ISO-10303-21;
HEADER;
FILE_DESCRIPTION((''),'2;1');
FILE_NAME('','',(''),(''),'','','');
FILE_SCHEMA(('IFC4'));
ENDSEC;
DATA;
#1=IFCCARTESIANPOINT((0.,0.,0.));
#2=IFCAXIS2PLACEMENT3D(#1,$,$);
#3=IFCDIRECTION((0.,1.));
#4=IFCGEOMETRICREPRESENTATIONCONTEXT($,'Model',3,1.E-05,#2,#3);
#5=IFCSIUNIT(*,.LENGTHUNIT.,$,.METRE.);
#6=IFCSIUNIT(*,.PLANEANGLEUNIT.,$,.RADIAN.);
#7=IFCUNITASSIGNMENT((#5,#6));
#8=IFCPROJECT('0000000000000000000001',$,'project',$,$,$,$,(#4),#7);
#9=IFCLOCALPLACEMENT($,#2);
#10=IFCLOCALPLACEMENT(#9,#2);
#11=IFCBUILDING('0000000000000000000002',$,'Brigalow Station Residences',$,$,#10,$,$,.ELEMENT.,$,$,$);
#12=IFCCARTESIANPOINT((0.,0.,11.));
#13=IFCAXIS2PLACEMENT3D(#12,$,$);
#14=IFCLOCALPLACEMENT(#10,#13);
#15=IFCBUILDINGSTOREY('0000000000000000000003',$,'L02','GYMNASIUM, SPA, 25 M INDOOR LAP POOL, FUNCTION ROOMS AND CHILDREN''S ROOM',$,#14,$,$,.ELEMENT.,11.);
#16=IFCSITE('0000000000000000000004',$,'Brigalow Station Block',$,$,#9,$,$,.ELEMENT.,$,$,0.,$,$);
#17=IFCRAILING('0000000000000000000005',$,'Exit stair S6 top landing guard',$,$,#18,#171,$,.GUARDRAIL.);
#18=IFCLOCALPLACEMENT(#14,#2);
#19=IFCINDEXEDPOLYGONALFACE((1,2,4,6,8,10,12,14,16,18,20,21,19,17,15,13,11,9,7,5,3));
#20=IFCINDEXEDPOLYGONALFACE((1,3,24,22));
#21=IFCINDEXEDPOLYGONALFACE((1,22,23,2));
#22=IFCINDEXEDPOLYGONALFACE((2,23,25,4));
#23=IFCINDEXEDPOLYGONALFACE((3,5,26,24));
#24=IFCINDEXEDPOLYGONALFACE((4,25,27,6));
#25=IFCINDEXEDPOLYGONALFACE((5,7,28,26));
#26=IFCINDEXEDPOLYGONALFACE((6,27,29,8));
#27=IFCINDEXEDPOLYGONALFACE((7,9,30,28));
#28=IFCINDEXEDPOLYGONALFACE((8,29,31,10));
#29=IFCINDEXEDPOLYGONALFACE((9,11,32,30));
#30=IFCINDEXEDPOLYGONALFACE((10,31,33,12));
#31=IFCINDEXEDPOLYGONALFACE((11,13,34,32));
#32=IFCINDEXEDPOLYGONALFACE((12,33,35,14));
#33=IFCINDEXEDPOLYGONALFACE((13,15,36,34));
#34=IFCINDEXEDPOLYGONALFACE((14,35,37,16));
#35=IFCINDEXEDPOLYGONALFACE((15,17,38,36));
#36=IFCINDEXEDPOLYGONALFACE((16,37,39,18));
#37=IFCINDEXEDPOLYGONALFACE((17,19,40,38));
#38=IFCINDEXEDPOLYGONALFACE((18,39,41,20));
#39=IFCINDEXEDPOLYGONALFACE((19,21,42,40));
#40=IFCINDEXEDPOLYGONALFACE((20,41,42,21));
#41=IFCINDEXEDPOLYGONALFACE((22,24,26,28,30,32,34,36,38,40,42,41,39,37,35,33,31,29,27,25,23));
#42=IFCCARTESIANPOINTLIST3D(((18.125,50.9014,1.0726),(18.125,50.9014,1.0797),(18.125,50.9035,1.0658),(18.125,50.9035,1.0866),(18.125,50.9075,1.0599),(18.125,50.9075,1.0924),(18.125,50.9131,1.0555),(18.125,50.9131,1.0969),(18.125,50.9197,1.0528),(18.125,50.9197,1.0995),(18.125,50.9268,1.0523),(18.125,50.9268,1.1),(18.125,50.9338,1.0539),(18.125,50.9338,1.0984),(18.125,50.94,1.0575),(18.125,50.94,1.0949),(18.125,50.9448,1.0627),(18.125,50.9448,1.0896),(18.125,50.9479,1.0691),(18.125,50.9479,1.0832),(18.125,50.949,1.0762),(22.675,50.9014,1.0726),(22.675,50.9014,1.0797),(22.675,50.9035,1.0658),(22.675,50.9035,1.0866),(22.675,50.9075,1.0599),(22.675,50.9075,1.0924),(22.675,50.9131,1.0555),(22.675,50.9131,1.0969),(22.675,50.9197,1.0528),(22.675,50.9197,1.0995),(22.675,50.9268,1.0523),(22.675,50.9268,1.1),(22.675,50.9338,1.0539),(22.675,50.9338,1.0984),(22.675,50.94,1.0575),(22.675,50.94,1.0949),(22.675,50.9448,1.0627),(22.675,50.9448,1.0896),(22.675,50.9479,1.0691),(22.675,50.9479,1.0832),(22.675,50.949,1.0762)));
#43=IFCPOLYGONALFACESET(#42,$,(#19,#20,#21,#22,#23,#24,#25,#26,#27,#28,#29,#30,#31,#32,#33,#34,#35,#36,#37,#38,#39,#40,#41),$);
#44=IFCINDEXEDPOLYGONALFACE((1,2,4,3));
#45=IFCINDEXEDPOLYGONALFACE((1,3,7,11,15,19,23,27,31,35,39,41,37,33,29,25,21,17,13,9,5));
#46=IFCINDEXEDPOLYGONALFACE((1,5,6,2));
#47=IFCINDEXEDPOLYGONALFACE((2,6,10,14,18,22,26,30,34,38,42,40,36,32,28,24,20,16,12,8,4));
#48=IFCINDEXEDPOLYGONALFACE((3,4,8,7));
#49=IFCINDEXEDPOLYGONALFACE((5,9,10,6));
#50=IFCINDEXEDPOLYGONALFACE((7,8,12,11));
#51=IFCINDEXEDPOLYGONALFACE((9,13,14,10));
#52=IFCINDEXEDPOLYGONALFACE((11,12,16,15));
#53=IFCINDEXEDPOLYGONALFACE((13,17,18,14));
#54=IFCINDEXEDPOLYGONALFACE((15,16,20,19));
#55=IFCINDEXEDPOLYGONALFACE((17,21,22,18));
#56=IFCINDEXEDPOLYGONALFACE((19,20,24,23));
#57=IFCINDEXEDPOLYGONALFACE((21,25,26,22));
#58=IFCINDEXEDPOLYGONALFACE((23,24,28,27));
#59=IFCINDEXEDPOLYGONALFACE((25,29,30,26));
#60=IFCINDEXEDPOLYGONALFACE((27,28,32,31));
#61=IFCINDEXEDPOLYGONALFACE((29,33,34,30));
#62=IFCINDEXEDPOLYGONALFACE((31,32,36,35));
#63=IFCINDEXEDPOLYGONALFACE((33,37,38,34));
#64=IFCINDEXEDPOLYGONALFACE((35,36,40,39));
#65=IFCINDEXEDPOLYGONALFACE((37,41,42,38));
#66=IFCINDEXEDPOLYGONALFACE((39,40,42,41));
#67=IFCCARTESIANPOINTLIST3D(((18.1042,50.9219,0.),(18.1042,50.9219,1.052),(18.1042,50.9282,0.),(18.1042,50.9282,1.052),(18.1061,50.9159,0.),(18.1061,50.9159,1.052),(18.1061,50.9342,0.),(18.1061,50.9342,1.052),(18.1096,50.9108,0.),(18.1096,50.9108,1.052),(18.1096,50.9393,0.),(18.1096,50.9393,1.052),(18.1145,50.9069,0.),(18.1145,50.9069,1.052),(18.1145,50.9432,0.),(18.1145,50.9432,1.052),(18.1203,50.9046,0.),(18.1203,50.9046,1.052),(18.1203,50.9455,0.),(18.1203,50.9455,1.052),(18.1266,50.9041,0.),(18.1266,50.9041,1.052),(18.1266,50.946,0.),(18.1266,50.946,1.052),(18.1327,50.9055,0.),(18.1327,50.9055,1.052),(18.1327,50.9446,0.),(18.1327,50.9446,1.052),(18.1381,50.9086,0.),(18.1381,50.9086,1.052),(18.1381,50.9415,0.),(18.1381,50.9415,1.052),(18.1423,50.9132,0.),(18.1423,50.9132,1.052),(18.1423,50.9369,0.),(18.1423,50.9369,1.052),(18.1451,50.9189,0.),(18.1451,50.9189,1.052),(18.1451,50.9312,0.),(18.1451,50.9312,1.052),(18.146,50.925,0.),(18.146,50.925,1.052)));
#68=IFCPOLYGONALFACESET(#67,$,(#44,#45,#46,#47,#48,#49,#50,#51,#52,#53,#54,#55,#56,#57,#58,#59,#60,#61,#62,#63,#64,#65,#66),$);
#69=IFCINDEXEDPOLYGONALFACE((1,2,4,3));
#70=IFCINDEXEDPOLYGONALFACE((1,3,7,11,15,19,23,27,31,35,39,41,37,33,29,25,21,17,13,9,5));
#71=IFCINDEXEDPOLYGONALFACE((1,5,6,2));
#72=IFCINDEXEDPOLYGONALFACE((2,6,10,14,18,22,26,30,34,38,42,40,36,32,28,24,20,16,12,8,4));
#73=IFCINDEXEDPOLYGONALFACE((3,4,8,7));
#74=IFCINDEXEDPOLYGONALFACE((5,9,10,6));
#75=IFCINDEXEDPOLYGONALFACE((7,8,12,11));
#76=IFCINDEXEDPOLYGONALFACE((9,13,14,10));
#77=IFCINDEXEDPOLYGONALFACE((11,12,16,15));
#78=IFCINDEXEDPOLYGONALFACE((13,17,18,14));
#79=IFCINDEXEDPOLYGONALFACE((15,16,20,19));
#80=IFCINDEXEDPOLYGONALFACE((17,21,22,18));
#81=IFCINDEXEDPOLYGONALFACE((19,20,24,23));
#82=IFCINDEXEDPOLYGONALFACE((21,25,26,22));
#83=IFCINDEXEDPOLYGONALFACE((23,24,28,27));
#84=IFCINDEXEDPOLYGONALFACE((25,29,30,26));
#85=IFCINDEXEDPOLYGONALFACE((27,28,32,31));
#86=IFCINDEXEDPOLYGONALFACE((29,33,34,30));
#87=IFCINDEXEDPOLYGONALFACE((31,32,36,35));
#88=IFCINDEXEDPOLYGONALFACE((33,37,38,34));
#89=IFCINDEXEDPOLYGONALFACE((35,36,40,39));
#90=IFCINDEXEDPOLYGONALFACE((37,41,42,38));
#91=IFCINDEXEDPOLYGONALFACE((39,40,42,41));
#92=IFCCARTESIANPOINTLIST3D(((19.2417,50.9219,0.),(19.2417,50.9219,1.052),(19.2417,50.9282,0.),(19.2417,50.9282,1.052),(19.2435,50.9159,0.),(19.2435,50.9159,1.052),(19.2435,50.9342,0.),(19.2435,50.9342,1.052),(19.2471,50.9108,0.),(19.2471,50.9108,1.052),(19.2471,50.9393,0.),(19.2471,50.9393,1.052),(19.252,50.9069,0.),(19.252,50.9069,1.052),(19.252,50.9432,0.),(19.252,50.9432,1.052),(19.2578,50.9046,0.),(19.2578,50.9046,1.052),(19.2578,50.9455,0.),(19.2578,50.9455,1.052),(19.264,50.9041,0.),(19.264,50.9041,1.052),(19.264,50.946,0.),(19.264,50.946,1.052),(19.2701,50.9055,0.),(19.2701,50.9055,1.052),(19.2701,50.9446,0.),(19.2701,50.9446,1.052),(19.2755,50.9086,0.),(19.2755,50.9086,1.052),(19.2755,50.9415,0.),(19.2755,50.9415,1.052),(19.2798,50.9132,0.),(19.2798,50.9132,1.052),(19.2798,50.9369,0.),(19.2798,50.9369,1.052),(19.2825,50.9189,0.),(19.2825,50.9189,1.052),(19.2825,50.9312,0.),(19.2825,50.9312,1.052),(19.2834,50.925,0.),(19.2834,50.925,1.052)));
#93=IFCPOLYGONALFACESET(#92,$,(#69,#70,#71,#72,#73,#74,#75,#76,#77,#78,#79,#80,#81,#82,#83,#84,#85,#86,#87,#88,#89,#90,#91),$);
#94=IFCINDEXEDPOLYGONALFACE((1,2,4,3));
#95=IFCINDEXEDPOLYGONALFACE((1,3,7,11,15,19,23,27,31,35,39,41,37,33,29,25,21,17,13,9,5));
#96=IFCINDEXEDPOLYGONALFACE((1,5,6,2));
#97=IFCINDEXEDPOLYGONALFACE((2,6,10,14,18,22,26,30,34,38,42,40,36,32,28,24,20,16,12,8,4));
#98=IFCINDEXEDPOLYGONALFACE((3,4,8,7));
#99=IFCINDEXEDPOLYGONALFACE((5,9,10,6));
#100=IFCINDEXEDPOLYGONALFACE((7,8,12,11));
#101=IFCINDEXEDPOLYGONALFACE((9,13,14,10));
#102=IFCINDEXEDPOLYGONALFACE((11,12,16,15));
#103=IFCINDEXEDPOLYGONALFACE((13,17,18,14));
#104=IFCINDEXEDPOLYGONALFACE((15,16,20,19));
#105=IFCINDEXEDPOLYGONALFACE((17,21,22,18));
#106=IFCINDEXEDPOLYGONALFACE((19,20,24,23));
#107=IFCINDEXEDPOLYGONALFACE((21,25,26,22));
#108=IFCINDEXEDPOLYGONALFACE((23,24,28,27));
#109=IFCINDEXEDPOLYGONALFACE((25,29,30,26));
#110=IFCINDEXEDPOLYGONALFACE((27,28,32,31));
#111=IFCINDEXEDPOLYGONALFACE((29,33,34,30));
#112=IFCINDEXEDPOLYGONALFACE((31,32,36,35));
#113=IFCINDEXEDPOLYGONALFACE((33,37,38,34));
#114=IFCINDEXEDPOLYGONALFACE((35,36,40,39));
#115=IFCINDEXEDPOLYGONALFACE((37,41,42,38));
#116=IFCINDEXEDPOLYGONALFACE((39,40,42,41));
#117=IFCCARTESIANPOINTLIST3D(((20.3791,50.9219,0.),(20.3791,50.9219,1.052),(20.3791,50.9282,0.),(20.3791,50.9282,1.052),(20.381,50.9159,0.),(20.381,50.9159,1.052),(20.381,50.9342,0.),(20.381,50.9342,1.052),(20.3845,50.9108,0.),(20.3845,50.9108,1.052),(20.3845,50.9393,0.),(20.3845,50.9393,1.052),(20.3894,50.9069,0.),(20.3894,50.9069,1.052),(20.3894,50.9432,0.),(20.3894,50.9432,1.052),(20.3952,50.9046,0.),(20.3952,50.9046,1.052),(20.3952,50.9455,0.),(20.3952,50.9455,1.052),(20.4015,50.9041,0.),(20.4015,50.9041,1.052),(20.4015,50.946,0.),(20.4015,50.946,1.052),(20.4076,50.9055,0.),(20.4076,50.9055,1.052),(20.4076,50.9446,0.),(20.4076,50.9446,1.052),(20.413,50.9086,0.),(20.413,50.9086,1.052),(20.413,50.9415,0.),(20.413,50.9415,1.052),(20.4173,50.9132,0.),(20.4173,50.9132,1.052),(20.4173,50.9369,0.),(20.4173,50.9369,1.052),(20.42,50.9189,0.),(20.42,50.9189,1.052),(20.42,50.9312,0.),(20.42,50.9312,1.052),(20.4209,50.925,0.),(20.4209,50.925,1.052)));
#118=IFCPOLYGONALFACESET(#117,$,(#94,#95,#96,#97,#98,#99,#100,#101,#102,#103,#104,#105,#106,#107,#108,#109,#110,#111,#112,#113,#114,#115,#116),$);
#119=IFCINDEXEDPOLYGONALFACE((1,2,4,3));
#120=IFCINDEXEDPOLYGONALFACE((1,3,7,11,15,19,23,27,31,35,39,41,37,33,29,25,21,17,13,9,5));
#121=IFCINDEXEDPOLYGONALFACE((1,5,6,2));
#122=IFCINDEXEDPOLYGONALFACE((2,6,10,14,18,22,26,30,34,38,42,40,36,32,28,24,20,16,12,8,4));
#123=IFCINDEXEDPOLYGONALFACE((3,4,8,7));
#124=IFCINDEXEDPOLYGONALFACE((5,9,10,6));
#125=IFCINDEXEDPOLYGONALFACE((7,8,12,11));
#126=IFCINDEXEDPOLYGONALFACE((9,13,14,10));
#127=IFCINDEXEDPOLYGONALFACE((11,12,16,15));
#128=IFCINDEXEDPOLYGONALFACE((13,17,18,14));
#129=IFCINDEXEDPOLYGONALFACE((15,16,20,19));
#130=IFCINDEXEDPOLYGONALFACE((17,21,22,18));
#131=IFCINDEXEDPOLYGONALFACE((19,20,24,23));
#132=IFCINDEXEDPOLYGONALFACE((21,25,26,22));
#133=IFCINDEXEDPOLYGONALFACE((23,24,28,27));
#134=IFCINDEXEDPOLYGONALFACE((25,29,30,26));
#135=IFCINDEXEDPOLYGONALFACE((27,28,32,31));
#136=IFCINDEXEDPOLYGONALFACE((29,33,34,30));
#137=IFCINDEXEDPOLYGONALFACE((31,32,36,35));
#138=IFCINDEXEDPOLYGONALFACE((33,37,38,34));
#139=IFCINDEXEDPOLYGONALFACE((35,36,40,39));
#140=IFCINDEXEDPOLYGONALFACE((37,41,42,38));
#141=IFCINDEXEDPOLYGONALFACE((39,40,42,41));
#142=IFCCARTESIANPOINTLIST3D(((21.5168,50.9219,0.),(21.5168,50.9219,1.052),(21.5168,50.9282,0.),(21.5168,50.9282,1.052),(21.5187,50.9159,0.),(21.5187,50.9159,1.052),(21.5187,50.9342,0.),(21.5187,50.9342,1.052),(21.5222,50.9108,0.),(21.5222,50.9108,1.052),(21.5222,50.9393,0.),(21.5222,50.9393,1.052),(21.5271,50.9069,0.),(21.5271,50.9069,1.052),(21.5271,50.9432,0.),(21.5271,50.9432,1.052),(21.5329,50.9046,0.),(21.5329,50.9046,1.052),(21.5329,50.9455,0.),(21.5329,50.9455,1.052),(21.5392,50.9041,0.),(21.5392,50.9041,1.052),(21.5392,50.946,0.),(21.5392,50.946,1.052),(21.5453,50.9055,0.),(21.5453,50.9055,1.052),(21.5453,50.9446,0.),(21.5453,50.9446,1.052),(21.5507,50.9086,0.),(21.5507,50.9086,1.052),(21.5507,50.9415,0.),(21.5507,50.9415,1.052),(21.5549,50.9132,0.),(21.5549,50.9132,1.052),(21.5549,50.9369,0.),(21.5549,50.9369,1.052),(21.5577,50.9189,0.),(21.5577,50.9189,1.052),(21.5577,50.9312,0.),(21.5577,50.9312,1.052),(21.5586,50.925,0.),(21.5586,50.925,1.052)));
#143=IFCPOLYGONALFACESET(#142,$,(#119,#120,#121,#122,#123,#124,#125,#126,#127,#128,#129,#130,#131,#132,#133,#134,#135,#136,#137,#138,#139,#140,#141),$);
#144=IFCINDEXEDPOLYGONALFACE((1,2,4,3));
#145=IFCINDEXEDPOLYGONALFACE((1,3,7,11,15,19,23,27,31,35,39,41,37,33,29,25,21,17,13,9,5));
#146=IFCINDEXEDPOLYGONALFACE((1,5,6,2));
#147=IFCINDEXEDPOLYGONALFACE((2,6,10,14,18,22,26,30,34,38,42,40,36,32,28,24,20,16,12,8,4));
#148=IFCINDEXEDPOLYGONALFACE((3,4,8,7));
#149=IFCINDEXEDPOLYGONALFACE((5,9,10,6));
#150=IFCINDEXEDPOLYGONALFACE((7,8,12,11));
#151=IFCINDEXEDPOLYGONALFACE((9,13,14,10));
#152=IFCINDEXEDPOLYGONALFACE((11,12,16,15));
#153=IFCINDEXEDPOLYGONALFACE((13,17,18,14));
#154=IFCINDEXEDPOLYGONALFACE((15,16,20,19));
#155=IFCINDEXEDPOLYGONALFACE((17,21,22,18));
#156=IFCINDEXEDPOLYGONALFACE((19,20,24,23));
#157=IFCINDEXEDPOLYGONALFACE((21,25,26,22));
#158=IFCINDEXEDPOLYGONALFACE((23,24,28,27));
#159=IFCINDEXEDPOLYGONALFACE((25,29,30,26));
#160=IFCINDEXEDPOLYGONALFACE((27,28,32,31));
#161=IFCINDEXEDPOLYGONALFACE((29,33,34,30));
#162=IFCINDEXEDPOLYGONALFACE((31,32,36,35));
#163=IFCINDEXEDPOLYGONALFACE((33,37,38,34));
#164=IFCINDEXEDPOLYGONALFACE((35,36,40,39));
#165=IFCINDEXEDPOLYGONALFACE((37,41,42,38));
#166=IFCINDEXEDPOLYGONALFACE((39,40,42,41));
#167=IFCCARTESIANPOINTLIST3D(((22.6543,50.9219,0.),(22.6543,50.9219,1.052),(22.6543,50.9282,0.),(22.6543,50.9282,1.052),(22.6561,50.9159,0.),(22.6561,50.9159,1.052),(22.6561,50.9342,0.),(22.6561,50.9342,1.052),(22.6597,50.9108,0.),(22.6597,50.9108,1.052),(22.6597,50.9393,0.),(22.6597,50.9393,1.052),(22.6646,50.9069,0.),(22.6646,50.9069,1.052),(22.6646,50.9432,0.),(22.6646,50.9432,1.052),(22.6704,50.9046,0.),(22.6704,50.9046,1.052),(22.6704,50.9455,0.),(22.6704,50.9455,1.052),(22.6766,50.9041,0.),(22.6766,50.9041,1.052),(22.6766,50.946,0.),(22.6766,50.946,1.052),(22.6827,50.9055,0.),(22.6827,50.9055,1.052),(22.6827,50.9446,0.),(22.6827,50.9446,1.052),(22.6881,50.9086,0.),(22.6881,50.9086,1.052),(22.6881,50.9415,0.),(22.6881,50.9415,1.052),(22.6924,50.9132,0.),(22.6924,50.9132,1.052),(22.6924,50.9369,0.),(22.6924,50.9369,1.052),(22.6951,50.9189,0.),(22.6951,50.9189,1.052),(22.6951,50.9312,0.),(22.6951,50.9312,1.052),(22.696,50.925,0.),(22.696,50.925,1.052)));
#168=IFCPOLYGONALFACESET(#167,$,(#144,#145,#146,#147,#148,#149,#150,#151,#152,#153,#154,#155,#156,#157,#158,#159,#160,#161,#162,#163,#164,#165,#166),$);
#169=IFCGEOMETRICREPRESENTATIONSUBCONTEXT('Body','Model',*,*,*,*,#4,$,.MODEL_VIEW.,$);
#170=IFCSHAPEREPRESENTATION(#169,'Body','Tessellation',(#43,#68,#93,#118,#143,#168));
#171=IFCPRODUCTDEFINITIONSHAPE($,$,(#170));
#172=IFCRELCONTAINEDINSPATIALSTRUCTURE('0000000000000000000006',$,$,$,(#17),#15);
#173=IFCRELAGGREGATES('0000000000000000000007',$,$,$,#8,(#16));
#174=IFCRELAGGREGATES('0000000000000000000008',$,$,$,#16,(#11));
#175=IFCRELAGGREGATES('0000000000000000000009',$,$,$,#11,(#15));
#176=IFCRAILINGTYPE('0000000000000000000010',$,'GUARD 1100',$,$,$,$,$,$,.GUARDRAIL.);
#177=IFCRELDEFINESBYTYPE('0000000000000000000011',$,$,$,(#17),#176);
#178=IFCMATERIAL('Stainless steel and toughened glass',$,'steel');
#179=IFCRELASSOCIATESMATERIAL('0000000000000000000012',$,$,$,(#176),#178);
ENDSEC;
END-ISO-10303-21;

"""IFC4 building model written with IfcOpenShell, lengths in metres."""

from ifc_helpers import new_model, si_unit, direction, frame, origin, origin_2d, place, context, subcontext, project, spatial, circle, extrude, material, type_object, element, save


model = new_model("IFC4")

# Units and contexts
model_context = context("Model", 3, precision=1e-05, world=origin(), true_north=direction((0.0, 1.0)))
body_context = subcontext(model_context, "Body", "Model", "MODEL_VIEW")
ifc_project = project(units=[si_unit("LENGTHUNIT", "METRE"), si_unit("PLANEANGLEUNIT", "RADIAN")], contexts=[model_context])

# Site, building, storey
site_placement = place(None, origin())
site = spatial("IfcSite", under=ifc_project, at=site_placement, Name="Brigalow Station Block", CompositionType="ELEMENT", RefElevation=0.0)
building_placement = place(site_placement, origin())
building = spatial("IfcBuilding", under=site, at=building_placement, Name="Brigalow Station Residences", CompositionType="ELEMENT")
storey_placement = place(building_placement, frame((0.0, 0.0, 11.0)))
storey = spatial("IfcBuildingStorey", under=building, at=storey_placement, Name="L02", Description="GYMNASIUM, SPA, 25 M INDOOR LAP POOL, FUNCTION ROOMS AND CHILDREN'S ROOM", CompositionType="ELEMENT", Elevation=11.0)

# Railing
ifc_material_1 = material(Name="Stainless steel and toughened glass", Category="steel")
railing_type = type_object("IfcRailingType", Name="GUARD 1100", PredefinedType="GUARDRAIL", material=ifc_material_1)
railing_placement = place(storey_placement, frame((18.125, 50.925, 0.0)))
element("IfcRailing", 1, at=railing_placement, inside=storey, type_object=railing_type, Name="Exit stair S6 top landing guard", PredefinedType="GUARDRAIL", context=body_context, shape_type="SweptSolid", body=[
    extrude(circle(Radius=0.0239, at=origin_2d()), frame((0.0, 0.0, 1.0762), z_axis=(1.0, 0.0, 0.0), x_axis=(0.0, 1.0, 0.0)), (0.0, 0.0, 1.0), 4.55),
    extrude(circle(Radius=0.021, at=origin_2d()), origin(), (0.0, 0.0, 1.0), 1.052),
    extrude(circle(Radius=0.021, at=origin_2d()), frame((1.1375, 0.0, 0.0)), (0.0, 0.0, 1.0), 1.052),
    extrude(circle(Radius=0.021, at=origin_2d()), frame((2.2749, 0.0, 0.0)), (0.0, 0.0, 1.0), 1.052),
    extrude(circle(Radius=0.021, at=origin_2d()), frame((3.4126, 0.0, 0.0)), (0.0, 0.0, 1.0), 1.052),
    extrude(circle(Radius=0.021, at=origin_2d()), frame((4.55, 0.0, 0.0)), (0.0, 0.0, 1.0), 1.052),
])

save(model, "model.ifc")
